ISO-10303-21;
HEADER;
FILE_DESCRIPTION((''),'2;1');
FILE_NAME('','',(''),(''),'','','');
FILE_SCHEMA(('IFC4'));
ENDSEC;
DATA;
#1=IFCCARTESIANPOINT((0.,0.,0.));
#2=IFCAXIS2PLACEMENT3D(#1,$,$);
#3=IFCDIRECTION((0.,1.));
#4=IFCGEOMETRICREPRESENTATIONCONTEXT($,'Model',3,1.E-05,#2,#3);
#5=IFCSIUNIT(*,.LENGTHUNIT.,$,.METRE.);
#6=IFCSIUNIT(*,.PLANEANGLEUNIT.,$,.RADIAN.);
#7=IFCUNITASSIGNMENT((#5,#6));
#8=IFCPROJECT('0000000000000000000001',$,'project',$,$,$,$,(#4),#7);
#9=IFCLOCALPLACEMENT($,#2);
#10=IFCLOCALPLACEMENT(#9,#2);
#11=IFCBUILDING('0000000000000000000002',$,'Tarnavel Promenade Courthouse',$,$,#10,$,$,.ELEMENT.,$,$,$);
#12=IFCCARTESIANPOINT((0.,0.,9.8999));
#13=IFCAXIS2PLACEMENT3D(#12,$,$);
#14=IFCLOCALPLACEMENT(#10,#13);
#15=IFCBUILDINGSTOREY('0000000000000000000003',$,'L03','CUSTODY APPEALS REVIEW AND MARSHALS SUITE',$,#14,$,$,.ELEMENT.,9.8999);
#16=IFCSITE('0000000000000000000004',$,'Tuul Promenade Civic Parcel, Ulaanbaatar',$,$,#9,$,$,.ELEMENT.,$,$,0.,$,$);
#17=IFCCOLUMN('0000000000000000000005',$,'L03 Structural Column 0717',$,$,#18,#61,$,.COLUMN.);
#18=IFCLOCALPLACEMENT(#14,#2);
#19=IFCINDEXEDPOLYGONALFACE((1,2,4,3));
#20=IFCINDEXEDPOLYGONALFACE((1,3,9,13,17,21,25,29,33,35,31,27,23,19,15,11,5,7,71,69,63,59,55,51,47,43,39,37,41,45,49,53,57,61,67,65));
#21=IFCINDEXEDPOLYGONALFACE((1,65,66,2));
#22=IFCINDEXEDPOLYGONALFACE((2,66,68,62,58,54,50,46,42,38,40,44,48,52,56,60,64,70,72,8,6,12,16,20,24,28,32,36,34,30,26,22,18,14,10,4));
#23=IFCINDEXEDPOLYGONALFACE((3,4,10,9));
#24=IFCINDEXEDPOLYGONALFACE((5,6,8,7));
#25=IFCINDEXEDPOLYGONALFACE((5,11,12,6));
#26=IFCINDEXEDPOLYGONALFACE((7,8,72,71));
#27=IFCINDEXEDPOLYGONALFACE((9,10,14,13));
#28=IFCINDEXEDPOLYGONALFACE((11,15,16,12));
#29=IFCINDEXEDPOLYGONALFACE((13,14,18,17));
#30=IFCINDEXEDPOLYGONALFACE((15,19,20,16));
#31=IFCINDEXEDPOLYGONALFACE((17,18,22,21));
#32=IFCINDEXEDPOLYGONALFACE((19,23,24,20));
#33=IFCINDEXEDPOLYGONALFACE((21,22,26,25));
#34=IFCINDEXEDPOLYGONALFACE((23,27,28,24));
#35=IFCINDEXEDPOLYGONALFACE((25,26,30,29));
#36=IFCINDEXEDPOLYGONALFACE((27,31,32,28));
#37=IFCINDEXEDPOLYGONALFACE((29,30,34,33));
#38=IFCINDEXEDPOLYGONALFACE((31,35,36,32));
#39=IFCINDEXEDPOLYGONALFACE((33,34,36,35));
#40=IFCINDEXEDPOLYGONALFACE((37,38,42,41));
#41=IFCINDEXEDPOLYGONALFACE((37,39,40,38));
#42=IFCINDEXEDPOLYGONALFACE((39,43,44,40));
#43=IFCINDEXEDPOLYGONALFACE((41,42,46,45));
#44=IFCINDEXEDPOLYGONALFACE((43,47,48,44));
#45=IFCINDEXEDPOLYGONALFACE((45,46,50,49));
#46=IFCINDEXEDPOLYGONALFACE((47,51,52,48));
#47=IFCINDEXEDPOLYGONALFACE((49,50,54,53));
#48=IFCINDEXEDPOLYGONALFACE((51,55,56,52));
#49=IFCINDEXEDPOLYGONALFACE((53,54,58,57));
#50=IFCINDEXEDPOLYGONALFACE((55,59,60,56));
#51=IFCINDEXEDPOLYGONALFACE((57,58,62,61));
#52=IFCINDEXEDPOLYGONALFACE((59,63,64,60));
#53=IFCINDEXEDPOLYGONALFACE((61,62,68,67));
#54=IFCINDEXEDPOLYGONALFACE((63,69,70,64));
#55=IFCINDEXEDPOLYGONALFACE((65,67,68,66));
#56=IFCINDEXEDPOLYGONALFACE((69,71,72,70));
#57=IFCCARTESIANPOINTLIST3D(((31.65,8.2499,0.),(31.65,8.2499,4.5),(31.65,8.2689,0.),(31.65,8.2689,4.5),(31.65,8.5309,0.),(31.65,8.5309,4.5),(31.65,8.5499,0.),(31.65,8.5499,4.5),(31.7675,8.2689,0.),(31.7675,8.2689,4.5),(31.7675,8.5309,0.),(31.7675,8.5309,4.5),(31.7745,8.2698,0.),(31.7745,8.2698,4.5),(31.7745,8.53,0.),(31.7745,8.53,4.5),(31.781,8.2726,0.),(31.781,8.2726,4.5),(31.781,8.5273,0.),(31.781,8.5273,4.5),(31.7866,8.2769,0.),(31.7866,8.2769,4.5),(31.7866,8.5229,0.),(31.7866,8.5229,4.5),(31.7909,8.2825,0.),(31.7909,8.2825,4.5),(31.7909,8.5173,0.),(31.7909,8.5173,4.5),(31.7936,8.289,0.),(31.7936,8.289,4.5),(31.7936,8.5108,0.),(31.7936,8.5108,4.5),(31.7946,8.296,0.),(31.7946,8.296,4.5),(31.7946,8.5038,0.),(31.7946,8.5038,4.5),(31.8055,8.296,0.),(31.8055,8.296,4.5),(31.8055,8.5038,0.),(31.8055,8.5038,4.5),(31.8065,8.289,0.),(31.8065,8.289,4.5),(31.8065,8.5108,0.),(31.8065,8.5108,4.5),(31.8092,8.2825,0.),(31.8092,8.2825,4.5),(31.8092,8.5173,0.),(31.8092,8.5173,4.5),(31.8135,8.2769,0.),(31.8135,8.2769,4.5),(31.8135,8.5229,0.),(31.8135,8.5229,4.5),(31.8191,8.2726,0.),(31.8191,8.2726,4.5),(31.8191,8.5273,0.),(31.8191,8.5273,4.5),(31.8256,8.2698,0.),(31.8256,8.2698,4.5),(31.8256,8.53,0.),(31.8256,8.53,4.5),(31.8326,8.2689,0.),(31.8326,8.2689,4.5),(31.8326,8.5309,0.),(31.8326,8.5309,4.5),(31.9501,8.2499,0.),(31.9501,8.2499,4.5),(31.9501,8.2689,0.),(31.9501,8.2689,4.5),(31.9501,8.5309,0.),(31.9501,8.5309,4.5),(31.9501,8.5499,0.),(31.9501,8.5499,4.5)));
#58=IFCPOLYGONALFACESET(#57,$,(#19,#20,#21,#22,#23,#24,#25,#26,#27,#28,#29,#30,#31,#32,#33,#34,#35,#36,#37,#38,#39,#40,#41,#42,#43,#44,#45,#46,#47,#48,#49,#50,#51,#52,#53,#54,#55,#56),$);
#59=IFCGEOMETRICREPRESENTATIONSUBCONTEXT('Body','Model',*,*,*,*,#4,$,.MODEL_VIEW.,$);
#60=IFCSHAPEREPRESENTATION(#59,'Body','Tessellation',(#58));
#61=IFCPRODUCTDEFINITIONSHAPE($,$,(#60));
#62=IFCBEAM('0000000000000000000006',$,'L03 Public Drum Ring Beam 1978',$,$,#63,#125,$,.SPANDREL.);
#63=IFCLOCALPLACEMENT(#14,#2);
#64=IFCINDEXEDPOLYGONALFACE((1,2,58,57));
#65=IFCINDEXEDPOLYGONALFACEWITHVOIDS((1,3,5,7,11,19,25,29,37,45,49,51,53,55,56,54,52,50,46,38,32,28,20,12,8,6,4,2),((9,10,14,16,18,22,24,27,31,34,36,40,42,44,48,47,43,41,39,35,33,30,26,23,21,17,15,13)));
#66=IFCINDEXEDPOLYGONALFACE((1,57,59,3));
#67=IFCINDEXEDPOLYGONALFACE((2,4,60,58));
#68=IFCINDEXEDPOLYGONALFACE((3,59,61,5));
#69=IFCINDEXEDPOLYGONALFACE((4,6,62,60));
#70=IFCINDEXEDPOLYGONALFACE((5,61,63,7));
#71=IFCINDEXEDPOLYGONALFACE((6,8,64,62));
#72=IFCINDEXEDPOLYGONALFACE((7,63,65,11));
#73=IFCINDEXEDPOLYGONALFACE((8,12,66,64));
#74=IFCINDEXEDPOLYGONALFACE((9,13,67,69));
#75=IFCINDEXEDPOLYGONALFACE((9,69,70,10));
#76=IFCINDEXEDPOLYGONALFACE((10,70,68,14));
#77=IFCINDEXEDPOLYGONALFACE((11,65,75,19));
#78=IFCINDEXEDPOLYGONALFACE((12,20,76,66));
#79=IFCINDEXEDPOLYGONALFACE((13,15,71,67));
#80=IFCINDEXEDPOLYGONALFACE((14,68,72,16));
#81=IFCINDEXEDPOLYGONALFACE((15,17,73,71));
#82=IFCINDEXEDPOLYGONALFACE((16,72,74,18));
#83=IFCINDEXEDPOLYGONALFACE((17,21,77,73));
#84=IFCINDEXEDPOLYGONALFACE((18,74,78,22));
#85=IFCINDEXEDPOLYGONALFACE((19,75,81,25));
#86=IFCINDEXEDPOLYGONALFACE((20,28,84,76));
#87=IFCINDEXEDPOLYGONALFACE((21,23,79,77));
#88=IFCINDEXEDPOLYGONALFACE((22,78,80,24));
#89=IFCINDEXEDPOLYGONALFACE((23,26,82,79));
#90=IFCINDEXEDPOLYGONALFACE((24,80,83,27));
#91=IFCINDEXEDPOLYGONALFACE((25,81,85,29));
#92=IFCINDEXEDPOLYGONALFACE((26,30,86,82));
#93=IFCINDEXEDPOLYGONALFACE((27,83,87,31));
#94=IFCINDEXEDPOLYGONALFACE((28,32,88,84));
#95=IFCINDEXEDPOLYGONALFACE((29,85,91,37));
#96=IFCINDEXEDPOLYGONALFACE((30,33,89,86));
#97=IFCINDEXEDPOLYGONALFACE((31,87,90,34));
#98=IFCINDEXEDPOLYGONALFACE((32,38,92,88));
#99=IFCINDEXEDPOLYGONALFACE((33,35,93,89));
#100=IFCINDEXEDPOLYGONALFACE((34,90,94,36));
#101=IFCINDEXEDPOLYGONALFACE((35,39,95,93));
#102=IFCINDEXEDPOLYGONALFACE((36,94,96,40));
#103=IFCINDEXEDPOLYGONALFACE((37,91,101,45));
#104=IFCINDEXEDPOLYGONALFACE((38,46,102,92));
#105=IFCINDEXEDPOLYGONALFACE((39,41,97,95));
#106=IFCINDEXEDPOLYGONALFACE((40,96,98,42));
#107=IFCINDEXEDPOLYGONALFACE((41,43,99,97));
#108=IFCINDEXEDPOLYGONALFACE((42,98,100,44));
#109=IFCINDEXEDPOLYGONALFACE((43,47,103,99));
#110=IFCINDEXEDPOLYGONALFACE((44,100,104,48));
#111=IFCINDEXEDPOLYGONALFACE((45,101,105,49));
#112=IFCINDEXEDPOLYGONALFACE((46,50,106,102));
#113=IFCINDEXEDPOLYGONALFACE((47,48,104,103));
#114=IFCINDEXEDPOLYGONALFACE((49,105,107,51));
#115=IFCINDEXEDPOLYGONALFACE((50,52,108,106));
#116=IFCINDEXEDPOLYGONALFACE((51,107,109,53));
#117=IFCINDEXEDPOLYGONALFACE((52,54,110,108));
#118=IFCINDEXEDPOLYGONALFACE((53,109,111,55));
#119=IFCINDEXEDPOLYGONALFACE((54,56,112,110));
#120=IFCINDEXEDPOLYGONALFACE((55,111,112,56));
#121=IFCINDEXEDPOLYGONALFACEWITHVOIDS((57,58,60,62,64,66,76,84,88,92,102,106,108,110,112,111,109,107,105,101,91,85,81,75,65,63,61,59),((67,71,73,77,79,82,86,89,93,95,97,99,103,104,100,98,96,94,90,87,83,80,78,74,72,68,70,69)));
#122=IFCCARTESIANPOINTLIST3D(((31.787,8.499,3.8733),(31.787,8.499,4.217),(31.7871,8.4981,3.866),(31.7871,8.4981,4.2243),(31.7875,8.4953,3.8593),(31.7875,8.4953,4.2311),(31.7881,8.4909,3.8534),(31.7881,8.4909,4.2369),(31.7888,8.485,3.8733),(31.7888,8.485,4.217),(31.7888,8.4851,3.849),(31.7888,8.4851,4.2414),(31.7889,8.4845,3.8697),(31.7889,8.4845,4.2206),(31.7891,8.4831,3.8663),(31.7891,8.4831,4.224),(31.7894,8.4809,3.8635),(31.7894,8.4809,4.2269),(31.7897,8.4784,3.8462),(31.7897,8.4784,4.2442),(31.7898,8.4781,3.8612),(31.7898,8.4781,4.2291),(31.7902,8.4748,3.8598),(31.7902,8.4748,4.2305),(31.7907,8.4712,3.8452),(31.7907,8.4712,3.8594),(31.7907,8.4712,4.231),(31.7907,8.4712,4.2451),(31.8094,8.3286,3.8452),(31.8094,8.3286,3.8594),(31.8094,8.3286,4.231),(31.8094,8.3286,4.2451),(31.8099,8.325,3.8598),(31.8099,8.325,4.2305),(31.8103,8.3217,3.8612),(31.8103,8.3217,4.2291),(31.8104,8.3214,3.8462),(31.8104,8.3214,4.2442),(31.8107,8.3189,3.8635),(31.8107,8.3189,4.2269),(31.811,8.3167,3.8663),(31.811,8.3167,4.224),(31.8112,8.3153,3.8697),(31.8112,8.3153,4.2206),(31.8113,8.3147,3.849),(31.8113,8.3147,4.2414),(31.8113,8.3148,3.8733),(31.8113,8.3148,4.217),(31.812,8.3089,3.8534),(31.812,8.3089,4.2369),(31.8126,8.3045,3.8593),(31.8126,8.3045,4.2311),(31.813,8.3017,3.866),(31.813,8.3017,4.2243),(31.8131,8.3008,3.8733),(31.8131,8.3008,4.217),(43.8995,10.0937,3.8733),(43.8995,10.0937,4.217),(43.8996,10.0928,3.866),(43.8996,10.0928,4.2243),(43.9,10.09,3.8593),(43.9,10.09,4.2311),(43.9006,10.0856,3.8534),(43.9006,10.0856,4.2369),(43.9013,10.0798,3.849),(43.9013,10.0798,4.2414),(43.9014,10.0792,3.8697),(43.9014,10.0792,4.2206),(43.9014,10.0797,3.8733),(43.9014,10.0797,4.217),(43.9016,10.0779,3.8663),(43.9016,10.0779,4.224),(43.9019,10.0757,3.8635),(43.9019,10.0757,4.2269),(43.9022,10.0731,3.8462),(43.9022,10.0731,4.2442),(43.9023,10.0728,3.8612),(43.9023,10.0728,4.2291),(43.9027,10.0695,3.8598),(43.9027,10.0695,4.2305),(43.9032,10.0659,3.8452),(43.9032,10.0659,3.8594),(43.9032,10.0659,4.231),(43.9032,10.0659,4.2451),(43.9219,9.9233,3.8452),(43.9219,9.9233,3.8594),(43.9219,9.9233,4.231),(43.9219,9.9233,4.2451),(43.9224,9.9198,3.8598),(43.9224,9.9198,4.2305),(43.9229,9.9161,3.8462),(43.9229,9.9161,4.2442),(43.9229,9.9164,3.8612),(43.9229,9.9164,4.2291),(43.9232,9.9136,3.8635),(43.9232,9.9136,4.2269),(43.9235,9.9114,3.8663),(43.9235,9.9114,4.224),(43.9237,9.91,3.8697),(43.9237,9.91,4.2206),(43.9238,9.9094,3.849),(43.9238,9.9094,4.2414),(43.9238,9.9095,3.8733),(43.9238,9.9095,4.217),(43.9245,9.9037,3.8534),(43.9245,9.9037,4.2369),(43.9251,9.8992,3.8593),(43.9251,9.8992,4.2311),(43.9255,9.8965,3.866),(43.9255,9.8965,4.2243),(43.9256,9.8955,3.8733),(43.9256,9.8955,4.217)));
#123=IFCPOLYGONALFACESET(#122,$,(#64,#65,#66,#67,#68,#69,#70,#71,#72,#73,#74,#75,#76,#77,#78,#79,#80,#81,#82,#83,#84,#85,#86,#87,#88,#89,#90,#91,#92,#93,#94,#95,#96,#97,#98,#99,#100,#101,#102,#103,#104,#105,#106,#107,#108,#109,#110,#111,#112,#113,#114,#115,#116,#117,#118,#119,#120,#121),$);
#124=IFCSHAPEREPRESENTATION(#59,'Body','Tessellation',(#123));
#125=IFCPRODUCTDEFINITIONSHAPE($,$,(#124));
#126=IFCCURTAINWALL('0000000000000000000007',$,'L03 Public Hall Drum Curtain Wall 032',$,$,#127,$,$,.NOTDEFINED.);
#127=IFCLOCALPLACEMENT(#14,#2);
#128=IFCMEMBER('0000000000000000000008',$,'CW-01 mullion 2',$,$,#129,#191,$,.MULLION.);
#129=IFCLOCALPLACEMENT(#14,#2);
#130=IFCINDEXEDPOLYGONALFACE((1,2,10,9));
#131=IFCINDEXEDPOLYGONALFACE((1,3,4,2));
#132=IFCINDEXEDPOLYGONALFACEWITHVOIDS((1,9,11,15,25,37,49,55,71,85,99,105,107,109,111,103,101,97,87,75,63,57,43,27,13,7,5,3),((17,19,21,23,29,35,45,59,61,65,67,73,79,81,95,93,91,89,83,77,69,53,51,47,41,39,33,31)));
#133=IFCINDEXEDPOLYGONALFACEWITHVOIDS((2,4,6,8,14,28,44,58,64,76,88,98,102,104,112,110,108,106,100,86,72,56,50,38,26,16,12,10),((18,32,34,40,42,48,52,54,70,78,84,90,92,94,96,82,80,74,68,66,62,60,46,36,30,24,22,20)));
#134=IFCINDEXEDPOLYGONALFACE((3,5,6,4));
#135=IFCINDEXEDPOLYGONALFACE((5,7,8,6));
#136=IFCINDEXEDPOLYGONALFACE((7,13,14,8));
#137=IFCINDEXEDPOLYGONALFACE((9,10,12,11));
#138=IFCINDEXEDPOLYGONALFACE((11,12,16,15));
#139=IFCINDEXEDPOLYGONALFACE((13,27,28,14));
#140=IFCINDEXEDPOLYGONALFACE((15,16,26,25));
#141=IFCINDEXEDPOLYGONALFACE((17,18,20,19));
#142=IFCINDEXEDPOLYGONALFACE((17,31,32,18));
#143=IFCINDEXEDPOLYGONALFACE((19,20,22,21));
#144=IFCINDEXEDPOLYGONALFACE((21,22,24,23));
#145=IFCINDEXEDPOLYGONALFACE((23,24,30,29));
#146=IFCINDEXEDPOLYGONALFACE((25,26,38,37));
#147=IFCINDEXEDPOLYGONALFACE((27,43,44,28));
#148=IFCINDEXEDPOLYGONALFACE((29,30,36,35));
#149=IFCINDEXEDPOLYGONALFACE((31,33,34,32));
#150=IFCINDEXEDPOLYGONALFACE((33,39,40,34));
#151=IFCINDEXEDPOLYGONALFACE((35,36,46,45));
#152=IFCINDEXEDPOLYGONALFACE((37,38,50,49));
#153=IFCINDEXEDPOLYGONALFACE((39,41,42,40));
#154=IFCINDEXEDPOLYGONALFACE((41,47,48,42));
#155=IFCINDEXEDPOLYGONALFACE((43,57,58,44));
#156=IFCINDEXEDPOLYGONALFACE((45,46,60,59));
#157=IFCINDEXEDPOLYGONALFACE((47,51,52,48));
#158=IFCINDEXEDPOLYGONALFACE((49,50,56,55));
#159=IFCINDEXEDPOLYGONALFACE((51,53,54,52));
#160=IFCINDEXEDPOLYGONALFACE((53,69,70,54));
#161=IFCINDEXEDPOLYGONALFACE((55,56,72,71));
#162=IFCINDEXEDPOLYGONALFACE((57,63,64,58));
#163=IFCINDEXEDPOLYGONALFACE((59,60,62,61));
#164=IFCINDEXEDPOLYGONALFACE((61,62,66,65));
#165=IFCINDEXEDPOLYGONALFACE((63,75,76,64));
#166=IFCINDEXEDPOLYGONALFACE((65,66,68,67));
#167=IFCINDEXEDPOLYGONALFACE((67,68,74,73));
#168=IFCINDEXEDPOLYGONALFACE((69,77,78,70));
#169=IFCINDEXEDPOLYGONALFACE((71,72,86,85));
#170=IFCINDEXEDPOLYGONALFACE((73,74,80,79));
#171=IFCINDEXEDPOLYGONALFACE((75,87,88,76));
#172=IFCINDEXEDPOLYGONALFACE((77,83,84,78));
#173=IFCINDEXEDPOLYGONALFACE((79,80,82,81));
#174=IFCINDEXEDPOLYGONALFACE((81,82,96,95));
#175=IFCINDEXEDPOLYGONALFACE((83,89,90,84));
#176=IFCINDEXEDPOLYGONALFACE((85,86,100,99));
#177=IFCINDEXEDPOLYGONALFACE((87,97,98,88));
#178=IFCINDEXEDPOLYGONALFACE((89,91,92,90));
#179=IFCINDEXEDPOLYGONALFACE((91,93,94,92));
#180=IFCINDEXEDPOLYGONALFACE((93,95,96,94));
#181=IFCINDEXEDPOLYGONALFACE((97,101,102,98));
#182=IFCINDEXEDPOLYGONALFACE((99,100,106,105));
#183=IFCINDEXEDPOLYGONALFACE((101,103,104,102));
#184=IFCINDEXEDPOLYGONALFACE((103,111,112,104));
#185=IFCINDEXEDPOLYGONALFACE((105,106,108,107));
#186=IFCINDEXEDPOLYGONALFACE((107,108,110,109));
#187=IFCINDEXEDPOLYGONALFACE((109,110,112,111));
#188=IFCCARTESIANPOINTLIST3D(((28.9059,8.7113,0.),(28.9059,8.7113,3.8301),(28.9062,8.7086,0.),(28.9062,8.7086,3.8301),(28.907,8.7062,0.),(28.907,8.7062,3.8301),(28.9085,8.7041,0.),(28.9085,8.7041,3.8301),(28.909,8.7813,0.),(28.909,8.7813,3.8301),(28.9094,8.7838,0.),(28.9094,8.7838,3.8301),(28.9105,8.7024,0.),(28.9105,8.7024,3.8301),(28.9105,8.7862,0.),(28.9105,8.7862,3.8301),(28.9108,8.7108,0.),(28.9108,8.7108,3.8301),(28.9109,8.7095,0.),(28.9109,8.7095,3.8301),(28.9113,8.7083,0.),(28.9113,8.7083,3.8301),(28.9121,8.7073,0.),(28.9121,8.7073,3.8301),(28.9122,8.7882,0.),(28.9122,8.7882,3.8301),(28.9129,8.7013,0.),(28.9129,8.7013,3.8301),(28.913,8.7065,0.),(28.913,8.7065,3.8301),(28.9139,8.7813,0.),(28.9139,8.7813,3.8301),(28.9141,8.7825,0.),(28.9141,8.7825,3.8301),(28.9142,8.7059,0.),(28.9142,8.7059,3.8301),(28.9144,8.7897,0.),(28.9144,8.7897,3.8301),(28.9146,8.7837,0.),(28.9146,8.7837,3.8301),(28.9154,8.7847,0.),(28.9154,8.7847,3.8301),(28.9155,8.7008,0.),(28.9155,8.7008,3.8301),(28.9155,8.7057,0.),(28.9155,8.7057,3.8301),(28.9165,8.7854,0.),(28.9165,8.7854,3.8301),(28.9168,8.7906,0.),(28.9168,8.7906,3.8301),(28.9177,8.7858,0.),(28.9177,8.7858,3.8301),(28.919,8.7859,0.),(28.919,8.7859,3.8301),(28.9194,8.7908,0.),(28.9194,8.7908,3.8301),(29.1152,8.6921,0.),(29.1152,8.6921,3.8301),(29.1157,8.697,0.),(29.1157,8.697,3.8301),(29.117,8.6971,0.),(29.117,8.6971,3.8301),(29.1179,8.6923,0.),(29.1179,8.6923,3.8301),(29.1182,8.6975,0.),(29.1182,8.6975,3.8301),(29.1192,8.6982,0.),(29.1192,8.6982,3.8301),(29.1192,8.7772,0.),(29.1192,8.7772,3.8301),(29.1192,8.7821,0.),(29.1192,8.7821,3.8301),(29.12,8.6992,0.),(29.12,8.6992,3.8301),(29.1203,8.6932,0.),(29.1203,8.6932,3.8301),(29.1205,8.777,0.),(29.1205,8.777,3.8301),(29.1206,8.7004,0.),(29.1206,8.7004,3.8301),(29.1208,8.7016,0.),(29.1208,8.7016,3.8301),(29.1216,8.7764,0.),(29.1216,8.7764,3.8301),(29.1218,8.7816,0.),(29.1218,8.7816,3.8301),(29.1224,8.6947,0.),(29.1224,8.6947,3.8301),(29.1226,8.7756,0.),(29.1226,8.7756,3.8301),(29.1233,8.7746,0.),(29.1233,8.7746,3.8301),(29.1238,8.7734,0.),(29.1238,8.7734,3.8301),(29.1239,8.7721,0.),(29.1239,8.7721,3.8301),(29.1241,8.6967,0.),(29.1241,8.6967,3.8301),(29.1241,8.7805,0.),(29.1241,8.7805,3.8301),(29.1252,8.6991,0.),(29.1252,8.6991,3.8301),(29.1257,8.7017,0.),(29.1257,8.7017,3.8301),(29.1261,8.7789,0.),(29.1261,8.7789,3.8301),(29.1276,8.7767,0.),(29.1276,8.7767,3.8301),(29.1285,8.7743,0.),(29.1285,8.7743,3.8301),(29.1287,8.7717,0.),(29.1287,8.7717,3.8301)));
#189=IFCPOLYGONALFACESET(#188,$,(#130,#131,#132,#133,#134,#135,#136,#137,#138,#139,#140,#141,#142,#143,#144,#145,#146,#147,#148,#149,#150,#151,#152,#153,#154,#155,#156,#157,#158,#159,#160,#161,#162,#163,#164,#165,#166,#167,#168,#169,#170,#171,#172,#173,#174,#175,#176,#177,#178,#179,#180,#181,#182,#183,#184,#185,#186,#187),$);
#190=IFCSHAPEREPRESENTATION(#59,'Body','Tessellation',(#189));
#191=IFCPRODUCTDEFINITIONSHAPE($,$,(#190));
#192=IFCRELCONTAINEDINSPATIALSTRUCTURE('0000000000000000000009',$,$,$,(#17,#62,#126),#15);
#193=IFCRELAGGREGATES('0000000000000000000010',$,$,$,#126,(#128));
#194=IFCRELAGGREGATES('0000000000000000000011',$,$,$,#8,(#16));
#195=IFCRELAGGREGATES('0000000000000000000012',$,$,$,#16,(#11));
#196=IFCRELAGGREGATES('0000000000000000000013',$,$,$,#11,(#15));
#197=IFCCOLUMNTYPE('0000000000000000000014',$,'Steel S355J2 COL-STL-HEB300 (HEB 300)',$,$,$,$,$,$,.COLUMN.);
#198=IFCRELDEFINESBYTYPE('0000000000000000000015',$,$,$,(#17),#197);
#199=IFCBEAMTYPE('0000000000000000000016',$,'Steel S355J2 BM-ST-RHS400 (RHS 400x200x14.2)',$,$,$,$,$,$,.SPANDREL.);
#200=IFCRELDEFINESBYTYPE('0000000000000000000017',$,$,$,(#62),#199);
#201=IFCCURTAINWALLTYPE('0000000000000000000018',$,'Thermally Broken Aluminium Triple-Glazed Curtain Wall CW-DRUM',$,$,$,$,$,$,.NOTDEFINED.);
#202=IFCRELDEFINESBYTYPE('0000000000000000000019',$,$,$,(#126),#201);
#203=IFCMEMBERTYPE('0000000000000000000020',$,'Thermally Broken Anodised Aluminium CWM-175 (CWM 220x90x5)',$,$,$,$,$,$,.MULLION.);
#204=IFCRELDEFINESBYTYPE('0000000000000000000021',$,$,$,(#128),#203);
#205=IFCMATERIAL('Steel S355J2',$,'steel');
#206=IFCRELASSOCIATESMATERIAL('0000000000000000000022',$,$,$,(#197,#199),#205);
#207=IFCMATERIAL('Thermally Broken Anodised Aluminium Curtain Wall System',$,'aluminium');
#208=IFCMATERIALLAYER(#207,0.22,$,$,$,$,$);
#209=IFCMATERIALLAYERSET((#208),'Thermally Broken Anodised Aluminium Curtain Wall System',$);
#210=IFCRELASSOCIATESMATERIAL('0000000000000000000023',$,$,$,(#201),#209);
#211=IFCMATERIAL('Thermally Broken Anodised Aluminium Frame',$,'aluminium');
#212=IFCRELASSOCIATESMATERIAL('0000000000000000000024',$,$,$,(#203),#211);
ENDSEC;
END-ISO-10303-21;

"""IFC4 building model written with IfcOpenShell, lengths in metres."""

from ifc_helpers import new_model, si_unit, direction, frame, origin, origin_2d, place, context, subcontext, project, spatial, hollow_rectangle, i_section, extrude, material, layer, layer_set, material_profile, profile_set, type_object, element, aggregate, save


model = new_model("IFC4")

# Units and contexts
model_context = context("Model", 3, precision=1e-05, world=origin(), true_north=direction((0.0, 1.0)))
body_context = subcontext(model_context, "Body", "Model", "MODEL_VIEW")
ifc_project = project(units=[si_unit("LENGTHUNIT", "METRE"), si_unit("PLANEANGLEUNIT", "RADIAN")], contexts=[model_context])

# Site, building, storey
site_placement = place(None, origin())
site = spatial("IfcSite", under=ifc_project, at=site_placement, Name="Tuul Promenade Civic Parcel, Ulaanbaatar", CompositionType="ELEMENT", RefElevation=0.0)
building_placement = place(site_placement, origin())
building = spatial("IfcBuilding", under=site, at=building_placement, Name="Tarnavel Promenade Courthouse", CompositionType="ELEMENT")
storey_placement = place(building_placement, frame((0.0, 0.0, 9.8999)))
storey = spatial("IfcBuildingStorey", under=building, at=storey_placement, Name="L03", Description="CUSTODY APPEALS REVIEW AND MARSHALS SUITE", CompositionType="ELEMENT", Elevation=9.8999)

# Column
ifc_material_1 = material(Name="Steel S355J2", Category="steel")
ifc_material_profile_1 = material_profile(ifc_material_1, i_section(OverallWidth=0.3, OverallDepth=0.3, WebThickness=0.011, FlangeThickness=0.019, FilletRadius=0.0271, at=origin_2d()), Name="HEB 300")
ifc_profile_set_1 = profile_set([ifc_material_profile_1], Name="Steel S355J2")
column_type = type_object("IfcColumnType", Name="Steel S355J2 COL-STL-HEB300 (HEB 300)", PredefinedType="COLUMN", material=ifc_profile_set_1)
column_placement = place(storey_placement, frame((31.8, 8.3999, 0.0), z_axis=(0.0, 0.0, 1.0), x_axis=(1.0, 0.0, 0.0)))
element("IfcColumn", 1, at=column_placement, inside=storey, type_object=column_type, Name="L03 Structural Column 0717", PredefinedType="COLUMN", context=body_context, shape_type="SweptSolid", body=[
    extrude(i_section(OverallWidth=0.3, OverallDepth=0.3, WebThickness=0.011, FlangeThickness=0.019, FilletRadius=0.0271, at=origin_2d()), origin(), (0.0, 0.0, 1.0), 4.5),
])

# Beam
ifc_material_profile_2 = material_profile(ifc_material_1, hollow_rectangle(XDim=0.2, YDim=0.3999, WallThickness=0.0142, InnerFilletRadius=0.0139, OuterFilletRadius=0.0281, at=origin_2d()), Name="RHS 400x200x14.2")
ifc_profile_set_2 = profile_set([ifc_material_profile_2], Name="Steel S355J2")
beam_type = type_object("IfcBeamType", Name="Steel S355J2 BM-ST-RHS400 (RHS 400x200x14.2)", PredefinedType="SPANDREL", material=ifc_profile_set_2)
beam_placement = place(storey_placement, frame((31.8, 8.3999, 4.0452), z_axis=(0.991444, 0.130533, 0.0), x_axis=(-0.130533, 0.991444, 0.0)))
element("IfcBeam", 2, at=beam_placement, inside=storey, type_object=beam_type, Name="L03 Public Drum Ring Beam 1978", PredefinedType="SPANDREL", context=body_context, shape_type="SweptSolid", body=[
    extrude(hollow_rectangle(XDim=0.2, YDim=0.3999, WallThickness=0.0142, InnerFilletRadius=0.0139, OuterFilletRadius=0.0281, at=origin_2d()), origin(), (0.0, 0.0, 1.0), 12.217),
])

# Curtain wall, member
ifc_material_2 = material(Name="Thermally Broken Anodised Aluminium Curtain Wall System", Category="aluminium")
ifc_layer_1 = layer(ifc_material_2, 0.22)
ifc_layer_set_1 = layer_set([ifc_layer_1], Name="Thermally Broken Anodised Aluminium Curtain Wall System")
curtain_wall_type = type_object("IfcCurtainWallType", Name="Thermally Broken Aluminium Triple-Glazed Curtain Wall CW-DRUM", PredefinedType="NOTDEFINED", material=ifc_layer_set_1)
curtain_wall_1_placement = place(storey_placement, origin())
curtain_wall_1 = element("IfcCurtainWall", 3, at=curtain_wall_1_placement, inside=storey, type_object=curtain_wall_type, Name="L03 Public Hall Drum Curtain Wall 032", PredefinedType="NOTDEFINED")
ifc_material_3 = material(Name="Thermally Broken Anodised Aluminium Frame", Category="aluminium")
ifc_material_profile_3 = material_profile(ifc_material_3, hollow_rectangle(XDim=0.0901, YDim=0.22, WallThickness=0.0049, InnerFilletRadius=0.0049, OuterFilletRadius=0.01, at=origin_2d()), Name="CWM 220x90x5")
ifc_profile_set_3 = profile_set([ifc_material_profile_3], Name="Thermally Broken Anodised Aluminium Frame")
member_type_1 = type_object("IfcMemberType", Name="Thermally Broken Anodised Aluminium CWM-175 (CWM 220x90x5)", PredefinedType="MULLION", material=ifc_profile_set_3)
member_1_placement = place(storey_placement, frame((29.0173, 8.7415, 0.0), z_axis=(0.0, 0.0, 1.0), x_axis=(0.043619, 0.999048, 0.0)))
member_1 = element("IfcMember", 4, at=member_1_placement, type_object=member_type_1, Name="CW-01 mullion 2", PredefinedType="MULLION", context=body_context, shape_type="SweptSolid", body=[
    extrude(hollow_rectangle(XDim=0.0901, YDim=0.22, WallThickness=0.0049, InnerFilletRadius=0.0049, OuterFilletRadius=0.01, at=origin_2d()), origin(), (0.0, 0.0, 1.0), 3.8301),
])

aggregate(curtain_wall_1, [member_1])

save(model, "model.ifc")
